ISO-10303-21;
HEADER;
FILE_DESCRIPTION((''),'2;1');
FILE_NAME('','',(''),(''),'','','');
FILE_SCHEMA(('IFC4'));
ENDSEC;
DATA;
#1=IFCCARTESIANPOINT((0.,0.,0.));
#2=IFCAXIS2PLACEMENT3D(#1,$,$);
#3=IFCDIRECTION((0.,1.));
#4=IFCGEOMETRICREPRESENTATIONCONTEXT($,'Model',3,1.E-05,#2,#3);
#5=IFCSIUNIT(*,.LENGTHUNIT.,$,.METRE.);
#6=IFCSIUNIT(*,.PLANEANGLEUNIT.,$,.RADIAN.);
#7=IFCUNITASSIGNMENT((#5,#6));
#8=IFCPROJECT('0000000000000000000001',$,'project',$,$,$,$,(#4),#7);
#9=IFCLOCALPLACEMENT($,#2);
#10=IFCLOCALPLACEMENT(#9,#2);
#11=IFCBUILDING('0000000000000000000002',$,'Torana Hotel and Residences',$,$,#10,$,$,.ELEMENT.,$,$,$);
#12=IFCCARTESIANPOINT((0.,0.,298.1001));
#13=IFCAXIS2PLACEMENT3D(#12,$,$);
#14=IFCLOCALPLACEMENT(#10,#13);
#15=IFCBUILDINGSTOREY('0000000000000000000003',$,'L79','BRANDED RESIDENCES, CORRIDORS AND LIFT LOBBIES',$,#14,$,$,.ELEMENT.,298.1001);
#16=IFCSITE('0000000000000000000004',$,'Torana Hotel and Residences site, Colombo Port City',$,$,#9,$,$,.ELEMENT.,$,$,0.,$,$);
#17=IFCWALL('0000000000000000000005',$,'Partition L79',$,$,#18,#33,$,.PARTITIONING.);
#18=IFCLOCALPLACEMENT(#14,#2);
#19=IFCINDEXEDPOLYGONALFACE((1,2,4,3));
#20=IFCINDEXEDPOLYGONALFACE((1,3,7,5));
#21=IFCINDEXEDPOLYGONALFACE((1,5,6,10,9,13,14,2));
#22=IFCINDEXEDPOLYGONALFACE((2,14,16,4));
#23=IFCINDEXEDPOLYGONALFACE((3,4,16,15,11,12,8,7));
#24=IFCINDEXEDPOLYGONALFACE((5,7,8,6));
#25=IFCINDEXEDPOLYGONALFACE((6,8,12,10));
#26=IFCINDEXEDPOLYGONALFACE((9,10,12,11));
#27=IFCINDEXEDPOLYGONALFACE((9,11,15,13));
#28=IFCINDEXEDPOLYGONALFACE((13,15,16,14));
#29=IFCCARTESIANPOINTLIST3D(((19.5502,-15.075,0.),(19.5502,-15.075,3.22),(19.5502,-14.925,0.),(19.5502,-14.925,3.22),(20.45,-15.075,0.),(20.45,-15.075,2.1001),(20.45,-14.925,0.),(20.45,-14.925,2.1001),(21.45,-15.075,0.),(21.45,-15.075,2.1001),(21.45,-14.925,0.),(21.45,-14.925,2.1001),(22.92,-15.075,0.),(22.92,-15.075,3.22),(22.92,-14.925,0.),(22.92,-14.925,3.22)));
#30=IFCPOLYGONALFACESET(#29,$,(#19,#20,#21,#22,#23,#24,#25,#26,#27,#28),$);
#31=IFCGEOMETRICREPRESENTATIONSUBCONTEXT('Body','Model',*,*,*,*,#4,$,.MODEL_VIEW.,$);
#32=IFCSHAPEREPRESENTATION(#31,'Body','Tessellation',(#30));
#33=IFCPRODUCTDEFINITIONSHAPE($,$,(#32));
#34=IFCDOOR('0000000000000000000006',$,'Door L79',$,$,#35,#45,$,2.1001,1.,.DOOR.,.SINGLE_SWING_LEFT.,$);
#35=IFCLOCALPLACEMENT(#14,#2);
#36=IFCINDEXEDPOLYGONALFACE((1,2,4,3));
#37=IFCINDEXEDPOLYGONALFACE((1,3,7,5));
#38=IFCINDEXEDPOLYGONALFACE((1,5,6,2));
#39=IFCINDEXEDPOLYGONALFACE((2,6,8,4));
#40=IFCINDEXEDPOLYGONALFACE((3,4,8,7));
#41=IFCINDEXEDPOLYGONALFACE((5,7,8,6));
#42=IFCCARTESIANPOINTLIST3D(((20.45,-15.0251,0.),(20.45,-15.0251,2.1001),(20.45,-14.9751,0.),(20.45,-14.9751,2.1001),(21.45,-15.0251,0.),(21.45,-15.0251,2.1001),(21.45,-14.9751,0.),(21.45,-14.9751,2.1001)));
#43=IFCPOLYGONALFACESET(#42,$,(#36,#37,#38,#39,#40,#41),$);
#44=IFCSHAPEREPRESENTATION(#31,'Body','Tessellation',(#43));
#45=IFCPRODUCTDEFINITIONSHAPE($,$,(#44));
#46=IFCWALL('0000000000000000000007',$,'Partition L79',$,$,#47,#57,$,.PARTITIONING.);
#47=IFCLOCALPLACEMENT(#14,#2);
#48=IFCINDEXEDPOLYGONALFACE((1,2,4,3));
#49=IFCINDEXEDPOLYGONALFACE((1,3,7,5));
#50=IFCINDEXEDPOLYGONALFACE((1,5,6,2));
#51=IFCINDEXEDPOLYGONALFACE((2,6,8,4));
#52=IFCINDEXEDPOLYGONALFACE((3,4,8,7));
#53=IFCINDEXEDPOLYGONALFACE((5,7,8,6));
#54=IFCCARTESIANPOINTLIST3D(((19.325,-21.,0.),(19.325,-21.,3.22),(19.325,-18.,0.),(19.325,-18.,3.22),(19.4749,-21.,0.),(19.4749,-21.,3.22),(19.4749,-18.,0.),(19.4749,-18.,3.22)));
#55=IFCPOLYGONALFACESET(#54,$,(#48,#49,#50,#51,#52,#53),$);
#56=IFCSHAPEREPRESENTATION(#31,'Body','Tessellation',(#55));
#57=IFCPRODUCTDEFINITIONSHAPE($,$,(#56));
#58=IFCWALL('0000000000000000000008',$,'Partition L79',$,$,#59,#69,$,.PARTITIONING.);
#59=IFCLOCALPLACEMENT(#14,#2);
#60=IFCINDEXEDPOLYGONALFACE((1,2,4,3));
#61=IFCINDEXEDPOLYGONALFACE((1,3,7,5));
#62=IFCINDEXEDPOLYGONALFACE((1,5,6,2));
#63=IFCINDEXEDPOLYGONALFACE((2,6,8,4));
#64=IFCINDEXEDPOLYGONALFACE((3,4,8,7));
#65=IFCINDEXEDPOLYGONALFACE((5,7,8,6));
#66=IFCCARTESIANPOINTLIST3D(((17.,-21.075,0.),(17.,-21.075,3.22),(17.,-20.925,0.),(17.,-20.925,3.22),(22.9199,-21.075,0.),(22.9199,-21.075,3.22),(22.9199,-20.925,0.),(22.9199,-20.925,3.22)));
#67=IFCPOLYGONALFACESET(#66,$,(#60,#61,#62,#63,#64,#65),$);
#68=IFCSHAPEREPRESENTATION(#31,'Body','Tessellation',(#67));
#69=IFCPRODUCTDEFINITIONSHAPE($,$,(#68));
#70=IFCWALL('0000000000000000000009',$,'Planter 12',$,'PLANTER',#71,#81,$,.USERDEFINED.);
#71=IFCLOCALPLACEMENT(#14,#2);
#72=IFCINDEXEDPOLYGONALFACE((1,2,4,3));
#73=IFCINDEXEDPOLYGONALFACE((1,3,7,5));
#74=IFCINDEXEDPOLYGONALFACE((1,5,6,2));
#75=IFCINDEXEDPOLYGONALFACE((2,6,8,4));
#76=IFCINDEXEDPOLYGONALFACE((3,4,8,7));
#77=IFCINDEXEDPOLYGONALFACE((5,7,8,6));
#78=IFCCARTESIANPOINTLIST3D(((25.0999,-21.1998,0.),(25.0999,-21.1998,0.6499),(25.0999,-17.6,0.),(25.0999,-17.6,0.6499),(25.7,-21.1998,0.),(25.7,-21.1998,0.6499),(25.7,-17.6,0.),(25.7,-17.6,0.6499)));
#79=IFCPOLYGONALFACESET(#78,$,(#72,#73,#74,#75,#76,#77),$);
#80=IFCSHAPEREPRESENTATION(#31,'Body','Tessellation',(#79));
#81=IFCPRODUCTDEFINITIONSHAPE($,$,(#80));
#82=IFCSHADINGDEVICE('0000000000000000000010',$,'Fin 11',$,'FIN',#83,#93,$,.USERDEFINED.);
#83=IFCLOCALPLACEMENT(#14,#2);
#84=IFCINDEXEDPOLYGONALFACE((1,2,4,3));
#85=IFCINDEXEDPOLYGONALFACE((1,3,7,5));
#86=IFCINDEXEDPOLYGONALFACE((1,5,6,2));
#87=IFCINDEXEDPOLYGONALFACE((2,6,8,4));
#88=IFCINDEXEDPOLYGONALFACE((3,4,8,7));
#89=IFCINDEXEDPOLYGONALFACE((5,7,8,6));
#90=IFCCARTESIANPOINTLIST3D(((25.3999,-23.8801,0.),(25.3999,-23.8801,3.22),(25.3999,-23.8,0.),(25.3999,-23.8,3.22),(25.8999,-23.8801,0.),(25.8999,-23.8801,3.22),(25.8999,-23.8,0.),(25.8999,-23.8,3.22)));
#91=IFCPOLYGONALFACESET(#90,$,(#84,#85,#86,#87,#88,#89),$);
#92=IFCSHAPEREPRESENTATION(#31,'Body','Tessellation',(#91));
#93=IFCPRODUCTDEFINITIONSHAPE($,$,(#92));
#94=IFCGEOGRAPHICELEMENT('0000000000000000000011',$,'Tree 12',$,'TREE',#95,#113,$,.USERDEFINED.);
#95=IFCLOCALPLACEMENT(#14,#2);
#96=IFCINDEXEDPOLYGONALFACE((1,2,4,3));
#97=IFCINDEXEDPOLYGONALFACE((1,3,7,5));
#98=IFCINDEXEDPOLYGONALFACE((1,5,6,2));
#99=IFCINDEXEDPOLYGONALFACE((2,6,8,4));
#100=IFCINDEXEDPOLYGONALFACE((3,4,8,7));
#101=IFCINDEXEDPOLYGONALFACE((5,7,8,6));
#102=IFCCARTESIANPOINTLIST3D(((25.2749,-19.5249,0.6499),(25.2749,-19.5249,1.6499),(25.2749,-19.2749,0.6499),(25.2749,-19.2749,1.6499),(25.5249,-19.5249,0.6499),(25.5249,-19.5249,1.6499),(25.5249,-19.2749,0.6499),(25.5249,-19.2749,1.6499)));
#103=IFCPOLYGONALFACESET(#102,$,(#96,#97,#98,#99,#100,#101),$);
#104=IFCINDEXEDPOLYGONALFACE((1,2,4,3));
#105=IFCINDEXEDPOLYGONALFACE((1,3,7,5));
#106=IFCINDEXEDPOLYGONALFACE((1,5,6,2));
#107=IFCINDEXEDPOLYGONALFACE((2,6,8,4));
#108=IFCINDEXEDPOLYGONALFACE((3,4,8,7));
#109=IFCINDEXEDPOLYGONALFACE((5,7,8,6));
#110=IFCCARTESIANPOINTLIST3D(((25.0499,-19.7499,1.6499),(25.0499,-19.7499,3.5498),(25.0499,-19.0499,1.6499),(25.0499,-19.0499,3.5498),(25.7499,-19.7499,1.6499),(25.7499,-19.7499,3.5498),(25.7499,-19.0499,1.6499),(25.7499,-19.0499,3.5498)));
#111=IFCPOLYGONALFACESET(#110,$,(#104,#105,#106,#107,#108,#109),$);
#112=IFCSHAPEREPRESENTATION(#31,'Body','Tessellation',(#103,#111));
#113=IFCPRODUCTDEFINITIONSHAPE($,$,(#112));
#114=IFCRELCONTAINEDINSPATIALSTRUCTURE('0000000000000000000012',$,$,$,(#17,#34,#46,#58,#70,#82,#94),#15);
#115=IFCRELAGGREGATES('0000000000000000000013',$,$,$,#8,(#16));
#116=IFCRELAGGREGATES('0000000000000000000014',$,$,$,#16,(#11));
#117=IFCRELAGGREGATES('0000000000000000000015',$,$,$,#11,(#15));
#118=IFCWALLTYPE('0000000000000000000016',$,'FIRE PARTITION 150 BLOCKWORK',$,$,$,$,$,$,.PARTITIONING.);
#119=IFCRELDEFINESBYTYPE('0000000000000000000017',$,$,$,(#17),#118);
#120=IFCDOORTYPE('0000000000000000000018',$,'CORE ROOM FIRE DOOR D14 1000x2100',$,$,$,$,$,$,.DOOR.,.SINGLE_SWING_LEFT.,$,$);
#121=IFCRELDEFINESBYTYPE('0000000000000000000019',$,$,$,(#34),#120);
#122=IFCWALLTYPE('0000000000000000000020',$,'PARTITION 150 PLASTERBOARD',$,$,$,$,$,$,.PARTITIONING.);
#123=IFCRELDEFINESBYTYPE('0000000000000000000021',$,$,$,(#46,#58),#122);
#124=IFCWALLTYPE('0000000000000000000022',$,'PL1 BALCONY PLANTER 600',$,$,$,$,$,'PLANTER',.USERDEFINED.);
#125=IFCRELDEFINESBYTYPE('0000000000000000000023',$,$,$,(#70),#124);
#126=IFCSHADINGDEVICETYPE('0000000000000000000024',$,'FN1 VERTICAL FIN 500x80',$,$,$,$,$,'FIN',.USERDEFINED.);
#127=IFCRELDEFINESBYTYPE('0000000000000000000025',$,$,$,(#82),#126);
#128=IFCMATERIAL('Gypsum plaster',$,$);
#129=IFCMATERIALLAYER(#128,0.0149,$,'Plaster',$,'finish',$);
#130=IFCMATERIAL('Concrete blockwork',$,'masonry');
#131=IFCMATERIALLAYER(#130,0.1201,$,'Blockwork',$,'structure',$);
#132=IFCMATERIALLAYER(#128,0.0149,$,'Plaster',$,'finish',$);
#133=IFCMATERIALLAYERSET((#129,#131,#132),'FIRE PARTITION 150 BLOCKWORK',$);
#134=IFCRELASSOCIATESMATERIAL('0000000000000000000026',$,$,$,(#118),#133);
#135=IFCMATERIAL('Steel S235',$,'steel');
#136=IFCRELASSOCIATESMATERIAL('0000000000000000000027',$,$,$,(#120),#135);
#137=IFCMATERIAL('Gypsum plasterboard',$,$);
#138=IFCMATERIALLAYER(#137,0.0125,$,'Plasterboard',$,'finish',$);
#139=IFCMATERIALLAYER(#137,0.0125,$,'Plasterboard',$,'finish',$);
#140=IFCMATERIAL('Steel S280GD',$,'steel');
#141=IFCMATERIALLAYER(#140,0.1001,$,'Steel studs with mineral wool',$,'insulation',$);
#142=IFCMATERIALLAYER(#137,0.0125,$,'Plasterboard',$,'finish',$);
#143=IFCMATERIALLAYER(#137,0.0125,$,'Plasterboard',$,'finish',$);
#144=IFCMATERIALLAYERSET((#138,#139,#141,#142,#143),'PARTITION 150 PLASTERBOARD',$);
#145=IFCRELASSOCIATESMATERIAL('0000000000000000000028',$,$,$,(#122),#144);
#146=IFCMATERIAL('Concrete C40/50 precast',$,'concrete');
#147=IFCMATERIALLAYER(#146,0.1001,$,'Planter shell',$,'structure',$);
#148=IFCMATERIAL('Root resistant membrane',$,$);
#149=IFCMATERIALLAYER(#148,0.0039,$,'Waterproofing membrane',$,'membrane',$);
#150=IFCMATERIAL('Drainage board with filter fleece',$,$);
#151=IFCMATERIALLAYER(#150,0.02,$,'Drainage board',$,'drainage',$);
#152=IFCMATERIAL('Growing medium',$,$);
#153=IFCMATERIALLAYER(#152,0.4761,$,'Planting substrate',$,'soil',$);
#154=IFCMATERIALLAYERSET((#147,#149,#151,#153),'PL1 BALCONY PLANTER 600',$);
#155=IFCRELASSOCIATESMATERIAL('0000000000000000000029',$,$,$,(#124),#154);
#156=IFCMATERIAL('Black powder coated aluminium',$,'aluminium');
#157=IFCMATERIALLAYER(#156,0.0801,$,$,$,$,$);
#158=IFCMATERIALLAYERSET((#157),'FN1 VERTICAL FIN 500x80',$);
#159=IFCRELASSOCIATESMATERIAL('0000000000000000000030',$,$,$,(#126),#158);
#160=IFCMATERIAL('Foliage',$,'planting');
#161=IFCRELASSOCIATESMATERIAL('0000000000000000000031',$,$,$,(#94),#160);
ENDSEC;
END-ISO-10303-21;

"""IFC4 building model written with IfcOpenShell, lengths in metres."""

from ifc_helpers import new_model, si_unit, direction, frame, frame_2d, origin, origin_2d, place, context, subcontext, project, spatial, rectangle, extrude, material, layer, layer_set, type_object, element, fill, save


model = new_model("IFC4")

# Units and contexts
model_context = context("Model", 3, precision=1e-05, world=origin(), true_north=direction((0.0, 1.0)))
body_context = subcontext(model_context, "Body", "Model", "MODEL_VIEW")
ifc_project = project(units=[si_unit("LENGTHUNIT", "METRE"), si_unit("PLANEANGLEUNIT", "RADIAN")], contexts=[model_context])

# Site, building, storey
site_placement = place(None, origin())
site = spatial("IfcSite", under=ifc_project, at=site_placement, Name="Torana Hotel and Residences site, Colombo Port City", CompositionType="ELEMENT", RefElevation=0.0)
building_placement = place(site_placement, origin())
building = spatial("IfcBuilding", under=site, at=building_placement, Name="Torana Hotel and Residences", CompositionType="ELEMENT")
storey_placement = place(building_placement, frame((0.0, 0.0, 298.1001)))
storey = spatial("IfcBuildingStorey", under=building, at=storey_placement, Name="L79", Description="BRANDED RESIDENCES, CORRIDORS AND LIFT LOBBIES", CompositionType="ELEMENT", Elevation=298.1001)

# Wall, opening, door
ifc_material_1 = material(Name="Gypsum plaster")
ifc_layer_1 = layer(ifc_material_1, 0.0149, Name="Plaster", Category="finish")
ifc_material_2 = material(Name="Concrete blockwork", Category="masonry")
ifc_layer_2 = layer(ifc_material_2, 0.1201, Name="Blockwork", Category="structure")
ifc_layer_3 = layer(ifc_material_1, 0.0149, Name="Plaster", Category="finish")
ifc_layer_set_1 = layer_set([ifc_layer_1, ifc_layer_2, ifc_layer_3], Name="FIRE PARTITION 150 BLOCKWORK")
wall_type_1 = type_object("IfcWallType", Name="FIRE PARTITION 150 BLOCKWORK", PredefinedType="PARTITIONING", material=ifc_layer_set_1)
wall_1_placement = place(storey_placement, frame((19.55, -15.0, 0.0), z_axis=(0.0, 0.0, 1.0), x_axis=(1.0, 0.0, 0.0)))
wall_1 = element("IfcWall", 1, at=wall_1_placement, inside=storey, type_object=wall_type_1, Name="Partition L79", PredefinedType="PARTITIONING", context=body_context, shape_type="SweptSolid", body=[
    extrude(rectangle(XDim=3.3699, YDim=0.1499, at=frame_2d((1.6851, 0.0))), origin(), (0.0, 0.0, 1.0), 3.22),
])
opening_1_placement = place(wall_1_placement, frame((0.8999, 0.0, 0.0)))
opening_1 = element("IfcOpeningElement", 2, at=opening_1_placement, cuts=wall_1, PredefinedType="OPENING", context=body_context, shape_type="SweptSolid", body=[
    extrude(rectangle(XDim=1.0, YDim=2.1001, at=frame_2d((0.5, 1.05))), frame((0.0, 0.085, 0.0), z_axis=(0.0, -1.0, 0.0), x_axis=(1.0, 0.0, 0.0)), (0.0, 0.0, 1.0), 0.1699),
])
ifc_material_3 = material(Name="Steel S235", Category="steel")
door_type_1 = type_object("IfcDoorType", Name="CORE ROOM FIRE DOOR D14 1000x2100", OperationType="SINGLE_SWING_LEFT", PredefinedType="DOOR", material=ifc_material_3)
door_1_placement = place(opening_1_placement, origin())
door_1 = element("IfcDoor", 3, at=door_1_placement, inside=storey, type_object=door_type_1, Name="Door L79", OperationType="SINGLE_SWING_LEFT", OverallHeight=2.1001, OverallWidth=1.0, PredefinedType="DOOR", context=body_context, shape_type="SweptSolid", body=[
    extrude(rectangle(XDim=1.0, YDim=2.1001, at=frame_2d((0.5, 1.05))), frame((0.0, 0.0249, 0.0), z_axis=(0.0, -1.0, 0.0), x_axis=(1.0, 0.0, 0.0)), (0.0, 0.0, 1.0), 0.05),
])
fill(opening_1, door_1)

# Walls
ifc_material_4 = material(Name="Gypsum plasterboard")
ifc_layer_4 = layer(ifc_material_4, 0.0125, Name="Plasterboard", Category="finish")
ifc_layer_5 = layer(ifc_material_4, 0.0125, Name="Plasterboard", Category="finish")
ifc_material_5 = material(Name="Steel S280GD", Category="steel")
ifc_layer_6 = layer(ifc_material_5, 0.1001, Name="Steel studs with mineral wool", Category="insulation")
ifc_layer_7 = layer(ifc_material_4, 0.0125, Name="Plasterboard", Category="finish")
ifc_layer_8 = layer(ifc_material_4, 0.0125, Name="Plasterboard", Category="finish")
ifc_layer_set_2 = layer_set([ifc_layer_4, ifc_layer_5, ifc_layer_6, ifc_layer_7, ifc_layer_8], Name="PARTITION 150 PLASTERBOARD")
wall_type_2 = type_object("IfcWallType", Name="PARTITION 150 PLASTERBOARD", PredefinedType="PARTITIONING", material=ifc_layer_set_2)
wall_2_placement = place(storey_placement, frame((19.3999, -21.0, 0.0), z_axis=(0.0, 0.0, 1.0), x_axis=(0.0, 1.0, 0.0)))
element("IfcWall", 4, at=wall_2_placement, inside=storey, type_object=wall_type_2, Name="Partition L79", PredefinedType="PARTITIONING", context=body_context, shape_type="SweptSolid", body=[
    extrude(rectangle(XDim=3.0, YDim=0.1499, at=frame_2d((1.5, 0.0))), origin(), (0.0, 0.0, 1.0), 3.22),
])
wall_3_placement = place(storey_placement, frame((17.0, -21.0, 0.0), z_axis=(0.0, 0.0, 1.0), x_axis=(1.0, 0.0, 0.0)))
element("IfcWall", 5, at=wall_3_placement, inside=storey, type_object=wall_type_2, Name="Partition L79", PredefinedType="PARTITIONING", context=body_context, shape_type="SweptSolid", body=[
    extrude(rectangle(XDim=5.9199, YDim=0.1499, at=frame_2d((2.96, 0.0))), origin(), (0.0, 0.0, 1.0), 3.22),
])
ifc_material_6 = material(Name="Concrete C40/50 precast", Category="concrete")
ifc_layer_9 = layer(ifc_material_6, 0.1001, Name="Planter shell", Category="structure")
ifc_material_7 = material(Name="Root resistant membrane")
ifc_layer_10 = layer(ifc_material_7, 0.0039, Name="Waterproofing membrane", Category="membrane")
ifc_material_8 = material(Name="Drainage board with filter fleece")
ifc_layer_11 = layer(ifc_material_8, 0.02, Name="Drainage board", Category="drainage")
ifc_material_9 = material(Name="Growing medium")
ifc_layer_12 = layer(ifc_material_9, 0.4761, Name="Planting substrate", Category="soil")
ifc_layer_set_3 = layer_set([ifc_layer_9, ifc_layer_10, ifc_layer_11, ifc_layer_12], Name="PL1 BALCONY PLANTER 600")
wall_type_3 = type_object("IfcWallType", Name="PL1 BALCONY PLANTER 600", ElementType="PLANTER", PredefinedType="USERDEFINED", material=ifc_layer_set_3)
wall_4_placement = place(storey_placement, frame((25.3999, -17.6001, 0.0), z_axis=(0.0, 0.0, 1.0), x_axis=(0.0, -1.0, 0.0)))
element("IfcWall", 6, at=wall_4_placement, inside=storey, type_object=wall_type_3, Name="Planter 12", ObjectType="PLANTER", PredefinedType="USERDEFINED", context=body_context, shape_type="SweptSolid", body=[
    extrude(rectangle(XDim=3.5999, YDim=0.6001, at=frame_2d((1.7998, 0.0))), origin(), (0.0, 0.0, 1.0), 0.6499),
])

# Shading device
ifc_material_10 = material(Name="Black powder coated aluminium", Category="aluminium")
ifc_layer_13 = layer(ifc_material_10, 0.0801)
ifc_layer_set_4 = layer_set([ifc_layer_13], Name="FN1 VERTICAL FIN 500x80")
shading_device_type = type_object("IfcShadingDeviceType", Name="FN1 VERTICAL FIN 500x80", ElementType="FIN", PredefinedType="USERDEFINED", material=ifc_layer_set_4)
shading_device_placement = place(storey_placement, frame((25.6499, -23.8401, 0.0), z_axis=(0.0, 0.0, 1.0), x_axis=(0.0, -1.0, 0.0)))
element("IfcShadingDevice", 7, at=shading_device_placement, inside=storey, type_object=shading_device_type, Name="Fin 11", ObjectType="FIN", PredefinedType="USERDEFINED", context=body_context, shape_type="SweptSolid", body=[
    extrude(rectangle(XDim=0.0801, YDim=0.5, at=origin_2d()), origin(), (0.0, 0.0, 1.0), 3.22),
])

# Geographic element
ifc_material_11 = material(Name="Foliage", Category="planting")
geographic_element_placement = place(storey_placement, frame((25.3999, -19.3999, 0.6499), z_axis=(0.0, 0.0, 1.0), x_axis=(1.0, 0.0, 0.0)))
element("IfcGeographicElement", 8, at=geographic_element_placement, inside=storey, material=ifc_material_11, Name="Tree 12", ObjectType="TREE", PredefinedType="USERDEFINED", context=body_context, shape_type="SweptSolid", body=[
    extrude(rectangle(XDim=0.25, YDim=0.25, at=origin_2d()), origin(), (0.0, 0.0, 1.0), 1.0),
    extrude(rectangle(XDim=0.7, YDim=0.7, at=origin_2d()), frame((0.0, 0.0, 1.0)), (0.0, 0.0, 1.0), 1.8999),
])

save(model, "model.ifc")
